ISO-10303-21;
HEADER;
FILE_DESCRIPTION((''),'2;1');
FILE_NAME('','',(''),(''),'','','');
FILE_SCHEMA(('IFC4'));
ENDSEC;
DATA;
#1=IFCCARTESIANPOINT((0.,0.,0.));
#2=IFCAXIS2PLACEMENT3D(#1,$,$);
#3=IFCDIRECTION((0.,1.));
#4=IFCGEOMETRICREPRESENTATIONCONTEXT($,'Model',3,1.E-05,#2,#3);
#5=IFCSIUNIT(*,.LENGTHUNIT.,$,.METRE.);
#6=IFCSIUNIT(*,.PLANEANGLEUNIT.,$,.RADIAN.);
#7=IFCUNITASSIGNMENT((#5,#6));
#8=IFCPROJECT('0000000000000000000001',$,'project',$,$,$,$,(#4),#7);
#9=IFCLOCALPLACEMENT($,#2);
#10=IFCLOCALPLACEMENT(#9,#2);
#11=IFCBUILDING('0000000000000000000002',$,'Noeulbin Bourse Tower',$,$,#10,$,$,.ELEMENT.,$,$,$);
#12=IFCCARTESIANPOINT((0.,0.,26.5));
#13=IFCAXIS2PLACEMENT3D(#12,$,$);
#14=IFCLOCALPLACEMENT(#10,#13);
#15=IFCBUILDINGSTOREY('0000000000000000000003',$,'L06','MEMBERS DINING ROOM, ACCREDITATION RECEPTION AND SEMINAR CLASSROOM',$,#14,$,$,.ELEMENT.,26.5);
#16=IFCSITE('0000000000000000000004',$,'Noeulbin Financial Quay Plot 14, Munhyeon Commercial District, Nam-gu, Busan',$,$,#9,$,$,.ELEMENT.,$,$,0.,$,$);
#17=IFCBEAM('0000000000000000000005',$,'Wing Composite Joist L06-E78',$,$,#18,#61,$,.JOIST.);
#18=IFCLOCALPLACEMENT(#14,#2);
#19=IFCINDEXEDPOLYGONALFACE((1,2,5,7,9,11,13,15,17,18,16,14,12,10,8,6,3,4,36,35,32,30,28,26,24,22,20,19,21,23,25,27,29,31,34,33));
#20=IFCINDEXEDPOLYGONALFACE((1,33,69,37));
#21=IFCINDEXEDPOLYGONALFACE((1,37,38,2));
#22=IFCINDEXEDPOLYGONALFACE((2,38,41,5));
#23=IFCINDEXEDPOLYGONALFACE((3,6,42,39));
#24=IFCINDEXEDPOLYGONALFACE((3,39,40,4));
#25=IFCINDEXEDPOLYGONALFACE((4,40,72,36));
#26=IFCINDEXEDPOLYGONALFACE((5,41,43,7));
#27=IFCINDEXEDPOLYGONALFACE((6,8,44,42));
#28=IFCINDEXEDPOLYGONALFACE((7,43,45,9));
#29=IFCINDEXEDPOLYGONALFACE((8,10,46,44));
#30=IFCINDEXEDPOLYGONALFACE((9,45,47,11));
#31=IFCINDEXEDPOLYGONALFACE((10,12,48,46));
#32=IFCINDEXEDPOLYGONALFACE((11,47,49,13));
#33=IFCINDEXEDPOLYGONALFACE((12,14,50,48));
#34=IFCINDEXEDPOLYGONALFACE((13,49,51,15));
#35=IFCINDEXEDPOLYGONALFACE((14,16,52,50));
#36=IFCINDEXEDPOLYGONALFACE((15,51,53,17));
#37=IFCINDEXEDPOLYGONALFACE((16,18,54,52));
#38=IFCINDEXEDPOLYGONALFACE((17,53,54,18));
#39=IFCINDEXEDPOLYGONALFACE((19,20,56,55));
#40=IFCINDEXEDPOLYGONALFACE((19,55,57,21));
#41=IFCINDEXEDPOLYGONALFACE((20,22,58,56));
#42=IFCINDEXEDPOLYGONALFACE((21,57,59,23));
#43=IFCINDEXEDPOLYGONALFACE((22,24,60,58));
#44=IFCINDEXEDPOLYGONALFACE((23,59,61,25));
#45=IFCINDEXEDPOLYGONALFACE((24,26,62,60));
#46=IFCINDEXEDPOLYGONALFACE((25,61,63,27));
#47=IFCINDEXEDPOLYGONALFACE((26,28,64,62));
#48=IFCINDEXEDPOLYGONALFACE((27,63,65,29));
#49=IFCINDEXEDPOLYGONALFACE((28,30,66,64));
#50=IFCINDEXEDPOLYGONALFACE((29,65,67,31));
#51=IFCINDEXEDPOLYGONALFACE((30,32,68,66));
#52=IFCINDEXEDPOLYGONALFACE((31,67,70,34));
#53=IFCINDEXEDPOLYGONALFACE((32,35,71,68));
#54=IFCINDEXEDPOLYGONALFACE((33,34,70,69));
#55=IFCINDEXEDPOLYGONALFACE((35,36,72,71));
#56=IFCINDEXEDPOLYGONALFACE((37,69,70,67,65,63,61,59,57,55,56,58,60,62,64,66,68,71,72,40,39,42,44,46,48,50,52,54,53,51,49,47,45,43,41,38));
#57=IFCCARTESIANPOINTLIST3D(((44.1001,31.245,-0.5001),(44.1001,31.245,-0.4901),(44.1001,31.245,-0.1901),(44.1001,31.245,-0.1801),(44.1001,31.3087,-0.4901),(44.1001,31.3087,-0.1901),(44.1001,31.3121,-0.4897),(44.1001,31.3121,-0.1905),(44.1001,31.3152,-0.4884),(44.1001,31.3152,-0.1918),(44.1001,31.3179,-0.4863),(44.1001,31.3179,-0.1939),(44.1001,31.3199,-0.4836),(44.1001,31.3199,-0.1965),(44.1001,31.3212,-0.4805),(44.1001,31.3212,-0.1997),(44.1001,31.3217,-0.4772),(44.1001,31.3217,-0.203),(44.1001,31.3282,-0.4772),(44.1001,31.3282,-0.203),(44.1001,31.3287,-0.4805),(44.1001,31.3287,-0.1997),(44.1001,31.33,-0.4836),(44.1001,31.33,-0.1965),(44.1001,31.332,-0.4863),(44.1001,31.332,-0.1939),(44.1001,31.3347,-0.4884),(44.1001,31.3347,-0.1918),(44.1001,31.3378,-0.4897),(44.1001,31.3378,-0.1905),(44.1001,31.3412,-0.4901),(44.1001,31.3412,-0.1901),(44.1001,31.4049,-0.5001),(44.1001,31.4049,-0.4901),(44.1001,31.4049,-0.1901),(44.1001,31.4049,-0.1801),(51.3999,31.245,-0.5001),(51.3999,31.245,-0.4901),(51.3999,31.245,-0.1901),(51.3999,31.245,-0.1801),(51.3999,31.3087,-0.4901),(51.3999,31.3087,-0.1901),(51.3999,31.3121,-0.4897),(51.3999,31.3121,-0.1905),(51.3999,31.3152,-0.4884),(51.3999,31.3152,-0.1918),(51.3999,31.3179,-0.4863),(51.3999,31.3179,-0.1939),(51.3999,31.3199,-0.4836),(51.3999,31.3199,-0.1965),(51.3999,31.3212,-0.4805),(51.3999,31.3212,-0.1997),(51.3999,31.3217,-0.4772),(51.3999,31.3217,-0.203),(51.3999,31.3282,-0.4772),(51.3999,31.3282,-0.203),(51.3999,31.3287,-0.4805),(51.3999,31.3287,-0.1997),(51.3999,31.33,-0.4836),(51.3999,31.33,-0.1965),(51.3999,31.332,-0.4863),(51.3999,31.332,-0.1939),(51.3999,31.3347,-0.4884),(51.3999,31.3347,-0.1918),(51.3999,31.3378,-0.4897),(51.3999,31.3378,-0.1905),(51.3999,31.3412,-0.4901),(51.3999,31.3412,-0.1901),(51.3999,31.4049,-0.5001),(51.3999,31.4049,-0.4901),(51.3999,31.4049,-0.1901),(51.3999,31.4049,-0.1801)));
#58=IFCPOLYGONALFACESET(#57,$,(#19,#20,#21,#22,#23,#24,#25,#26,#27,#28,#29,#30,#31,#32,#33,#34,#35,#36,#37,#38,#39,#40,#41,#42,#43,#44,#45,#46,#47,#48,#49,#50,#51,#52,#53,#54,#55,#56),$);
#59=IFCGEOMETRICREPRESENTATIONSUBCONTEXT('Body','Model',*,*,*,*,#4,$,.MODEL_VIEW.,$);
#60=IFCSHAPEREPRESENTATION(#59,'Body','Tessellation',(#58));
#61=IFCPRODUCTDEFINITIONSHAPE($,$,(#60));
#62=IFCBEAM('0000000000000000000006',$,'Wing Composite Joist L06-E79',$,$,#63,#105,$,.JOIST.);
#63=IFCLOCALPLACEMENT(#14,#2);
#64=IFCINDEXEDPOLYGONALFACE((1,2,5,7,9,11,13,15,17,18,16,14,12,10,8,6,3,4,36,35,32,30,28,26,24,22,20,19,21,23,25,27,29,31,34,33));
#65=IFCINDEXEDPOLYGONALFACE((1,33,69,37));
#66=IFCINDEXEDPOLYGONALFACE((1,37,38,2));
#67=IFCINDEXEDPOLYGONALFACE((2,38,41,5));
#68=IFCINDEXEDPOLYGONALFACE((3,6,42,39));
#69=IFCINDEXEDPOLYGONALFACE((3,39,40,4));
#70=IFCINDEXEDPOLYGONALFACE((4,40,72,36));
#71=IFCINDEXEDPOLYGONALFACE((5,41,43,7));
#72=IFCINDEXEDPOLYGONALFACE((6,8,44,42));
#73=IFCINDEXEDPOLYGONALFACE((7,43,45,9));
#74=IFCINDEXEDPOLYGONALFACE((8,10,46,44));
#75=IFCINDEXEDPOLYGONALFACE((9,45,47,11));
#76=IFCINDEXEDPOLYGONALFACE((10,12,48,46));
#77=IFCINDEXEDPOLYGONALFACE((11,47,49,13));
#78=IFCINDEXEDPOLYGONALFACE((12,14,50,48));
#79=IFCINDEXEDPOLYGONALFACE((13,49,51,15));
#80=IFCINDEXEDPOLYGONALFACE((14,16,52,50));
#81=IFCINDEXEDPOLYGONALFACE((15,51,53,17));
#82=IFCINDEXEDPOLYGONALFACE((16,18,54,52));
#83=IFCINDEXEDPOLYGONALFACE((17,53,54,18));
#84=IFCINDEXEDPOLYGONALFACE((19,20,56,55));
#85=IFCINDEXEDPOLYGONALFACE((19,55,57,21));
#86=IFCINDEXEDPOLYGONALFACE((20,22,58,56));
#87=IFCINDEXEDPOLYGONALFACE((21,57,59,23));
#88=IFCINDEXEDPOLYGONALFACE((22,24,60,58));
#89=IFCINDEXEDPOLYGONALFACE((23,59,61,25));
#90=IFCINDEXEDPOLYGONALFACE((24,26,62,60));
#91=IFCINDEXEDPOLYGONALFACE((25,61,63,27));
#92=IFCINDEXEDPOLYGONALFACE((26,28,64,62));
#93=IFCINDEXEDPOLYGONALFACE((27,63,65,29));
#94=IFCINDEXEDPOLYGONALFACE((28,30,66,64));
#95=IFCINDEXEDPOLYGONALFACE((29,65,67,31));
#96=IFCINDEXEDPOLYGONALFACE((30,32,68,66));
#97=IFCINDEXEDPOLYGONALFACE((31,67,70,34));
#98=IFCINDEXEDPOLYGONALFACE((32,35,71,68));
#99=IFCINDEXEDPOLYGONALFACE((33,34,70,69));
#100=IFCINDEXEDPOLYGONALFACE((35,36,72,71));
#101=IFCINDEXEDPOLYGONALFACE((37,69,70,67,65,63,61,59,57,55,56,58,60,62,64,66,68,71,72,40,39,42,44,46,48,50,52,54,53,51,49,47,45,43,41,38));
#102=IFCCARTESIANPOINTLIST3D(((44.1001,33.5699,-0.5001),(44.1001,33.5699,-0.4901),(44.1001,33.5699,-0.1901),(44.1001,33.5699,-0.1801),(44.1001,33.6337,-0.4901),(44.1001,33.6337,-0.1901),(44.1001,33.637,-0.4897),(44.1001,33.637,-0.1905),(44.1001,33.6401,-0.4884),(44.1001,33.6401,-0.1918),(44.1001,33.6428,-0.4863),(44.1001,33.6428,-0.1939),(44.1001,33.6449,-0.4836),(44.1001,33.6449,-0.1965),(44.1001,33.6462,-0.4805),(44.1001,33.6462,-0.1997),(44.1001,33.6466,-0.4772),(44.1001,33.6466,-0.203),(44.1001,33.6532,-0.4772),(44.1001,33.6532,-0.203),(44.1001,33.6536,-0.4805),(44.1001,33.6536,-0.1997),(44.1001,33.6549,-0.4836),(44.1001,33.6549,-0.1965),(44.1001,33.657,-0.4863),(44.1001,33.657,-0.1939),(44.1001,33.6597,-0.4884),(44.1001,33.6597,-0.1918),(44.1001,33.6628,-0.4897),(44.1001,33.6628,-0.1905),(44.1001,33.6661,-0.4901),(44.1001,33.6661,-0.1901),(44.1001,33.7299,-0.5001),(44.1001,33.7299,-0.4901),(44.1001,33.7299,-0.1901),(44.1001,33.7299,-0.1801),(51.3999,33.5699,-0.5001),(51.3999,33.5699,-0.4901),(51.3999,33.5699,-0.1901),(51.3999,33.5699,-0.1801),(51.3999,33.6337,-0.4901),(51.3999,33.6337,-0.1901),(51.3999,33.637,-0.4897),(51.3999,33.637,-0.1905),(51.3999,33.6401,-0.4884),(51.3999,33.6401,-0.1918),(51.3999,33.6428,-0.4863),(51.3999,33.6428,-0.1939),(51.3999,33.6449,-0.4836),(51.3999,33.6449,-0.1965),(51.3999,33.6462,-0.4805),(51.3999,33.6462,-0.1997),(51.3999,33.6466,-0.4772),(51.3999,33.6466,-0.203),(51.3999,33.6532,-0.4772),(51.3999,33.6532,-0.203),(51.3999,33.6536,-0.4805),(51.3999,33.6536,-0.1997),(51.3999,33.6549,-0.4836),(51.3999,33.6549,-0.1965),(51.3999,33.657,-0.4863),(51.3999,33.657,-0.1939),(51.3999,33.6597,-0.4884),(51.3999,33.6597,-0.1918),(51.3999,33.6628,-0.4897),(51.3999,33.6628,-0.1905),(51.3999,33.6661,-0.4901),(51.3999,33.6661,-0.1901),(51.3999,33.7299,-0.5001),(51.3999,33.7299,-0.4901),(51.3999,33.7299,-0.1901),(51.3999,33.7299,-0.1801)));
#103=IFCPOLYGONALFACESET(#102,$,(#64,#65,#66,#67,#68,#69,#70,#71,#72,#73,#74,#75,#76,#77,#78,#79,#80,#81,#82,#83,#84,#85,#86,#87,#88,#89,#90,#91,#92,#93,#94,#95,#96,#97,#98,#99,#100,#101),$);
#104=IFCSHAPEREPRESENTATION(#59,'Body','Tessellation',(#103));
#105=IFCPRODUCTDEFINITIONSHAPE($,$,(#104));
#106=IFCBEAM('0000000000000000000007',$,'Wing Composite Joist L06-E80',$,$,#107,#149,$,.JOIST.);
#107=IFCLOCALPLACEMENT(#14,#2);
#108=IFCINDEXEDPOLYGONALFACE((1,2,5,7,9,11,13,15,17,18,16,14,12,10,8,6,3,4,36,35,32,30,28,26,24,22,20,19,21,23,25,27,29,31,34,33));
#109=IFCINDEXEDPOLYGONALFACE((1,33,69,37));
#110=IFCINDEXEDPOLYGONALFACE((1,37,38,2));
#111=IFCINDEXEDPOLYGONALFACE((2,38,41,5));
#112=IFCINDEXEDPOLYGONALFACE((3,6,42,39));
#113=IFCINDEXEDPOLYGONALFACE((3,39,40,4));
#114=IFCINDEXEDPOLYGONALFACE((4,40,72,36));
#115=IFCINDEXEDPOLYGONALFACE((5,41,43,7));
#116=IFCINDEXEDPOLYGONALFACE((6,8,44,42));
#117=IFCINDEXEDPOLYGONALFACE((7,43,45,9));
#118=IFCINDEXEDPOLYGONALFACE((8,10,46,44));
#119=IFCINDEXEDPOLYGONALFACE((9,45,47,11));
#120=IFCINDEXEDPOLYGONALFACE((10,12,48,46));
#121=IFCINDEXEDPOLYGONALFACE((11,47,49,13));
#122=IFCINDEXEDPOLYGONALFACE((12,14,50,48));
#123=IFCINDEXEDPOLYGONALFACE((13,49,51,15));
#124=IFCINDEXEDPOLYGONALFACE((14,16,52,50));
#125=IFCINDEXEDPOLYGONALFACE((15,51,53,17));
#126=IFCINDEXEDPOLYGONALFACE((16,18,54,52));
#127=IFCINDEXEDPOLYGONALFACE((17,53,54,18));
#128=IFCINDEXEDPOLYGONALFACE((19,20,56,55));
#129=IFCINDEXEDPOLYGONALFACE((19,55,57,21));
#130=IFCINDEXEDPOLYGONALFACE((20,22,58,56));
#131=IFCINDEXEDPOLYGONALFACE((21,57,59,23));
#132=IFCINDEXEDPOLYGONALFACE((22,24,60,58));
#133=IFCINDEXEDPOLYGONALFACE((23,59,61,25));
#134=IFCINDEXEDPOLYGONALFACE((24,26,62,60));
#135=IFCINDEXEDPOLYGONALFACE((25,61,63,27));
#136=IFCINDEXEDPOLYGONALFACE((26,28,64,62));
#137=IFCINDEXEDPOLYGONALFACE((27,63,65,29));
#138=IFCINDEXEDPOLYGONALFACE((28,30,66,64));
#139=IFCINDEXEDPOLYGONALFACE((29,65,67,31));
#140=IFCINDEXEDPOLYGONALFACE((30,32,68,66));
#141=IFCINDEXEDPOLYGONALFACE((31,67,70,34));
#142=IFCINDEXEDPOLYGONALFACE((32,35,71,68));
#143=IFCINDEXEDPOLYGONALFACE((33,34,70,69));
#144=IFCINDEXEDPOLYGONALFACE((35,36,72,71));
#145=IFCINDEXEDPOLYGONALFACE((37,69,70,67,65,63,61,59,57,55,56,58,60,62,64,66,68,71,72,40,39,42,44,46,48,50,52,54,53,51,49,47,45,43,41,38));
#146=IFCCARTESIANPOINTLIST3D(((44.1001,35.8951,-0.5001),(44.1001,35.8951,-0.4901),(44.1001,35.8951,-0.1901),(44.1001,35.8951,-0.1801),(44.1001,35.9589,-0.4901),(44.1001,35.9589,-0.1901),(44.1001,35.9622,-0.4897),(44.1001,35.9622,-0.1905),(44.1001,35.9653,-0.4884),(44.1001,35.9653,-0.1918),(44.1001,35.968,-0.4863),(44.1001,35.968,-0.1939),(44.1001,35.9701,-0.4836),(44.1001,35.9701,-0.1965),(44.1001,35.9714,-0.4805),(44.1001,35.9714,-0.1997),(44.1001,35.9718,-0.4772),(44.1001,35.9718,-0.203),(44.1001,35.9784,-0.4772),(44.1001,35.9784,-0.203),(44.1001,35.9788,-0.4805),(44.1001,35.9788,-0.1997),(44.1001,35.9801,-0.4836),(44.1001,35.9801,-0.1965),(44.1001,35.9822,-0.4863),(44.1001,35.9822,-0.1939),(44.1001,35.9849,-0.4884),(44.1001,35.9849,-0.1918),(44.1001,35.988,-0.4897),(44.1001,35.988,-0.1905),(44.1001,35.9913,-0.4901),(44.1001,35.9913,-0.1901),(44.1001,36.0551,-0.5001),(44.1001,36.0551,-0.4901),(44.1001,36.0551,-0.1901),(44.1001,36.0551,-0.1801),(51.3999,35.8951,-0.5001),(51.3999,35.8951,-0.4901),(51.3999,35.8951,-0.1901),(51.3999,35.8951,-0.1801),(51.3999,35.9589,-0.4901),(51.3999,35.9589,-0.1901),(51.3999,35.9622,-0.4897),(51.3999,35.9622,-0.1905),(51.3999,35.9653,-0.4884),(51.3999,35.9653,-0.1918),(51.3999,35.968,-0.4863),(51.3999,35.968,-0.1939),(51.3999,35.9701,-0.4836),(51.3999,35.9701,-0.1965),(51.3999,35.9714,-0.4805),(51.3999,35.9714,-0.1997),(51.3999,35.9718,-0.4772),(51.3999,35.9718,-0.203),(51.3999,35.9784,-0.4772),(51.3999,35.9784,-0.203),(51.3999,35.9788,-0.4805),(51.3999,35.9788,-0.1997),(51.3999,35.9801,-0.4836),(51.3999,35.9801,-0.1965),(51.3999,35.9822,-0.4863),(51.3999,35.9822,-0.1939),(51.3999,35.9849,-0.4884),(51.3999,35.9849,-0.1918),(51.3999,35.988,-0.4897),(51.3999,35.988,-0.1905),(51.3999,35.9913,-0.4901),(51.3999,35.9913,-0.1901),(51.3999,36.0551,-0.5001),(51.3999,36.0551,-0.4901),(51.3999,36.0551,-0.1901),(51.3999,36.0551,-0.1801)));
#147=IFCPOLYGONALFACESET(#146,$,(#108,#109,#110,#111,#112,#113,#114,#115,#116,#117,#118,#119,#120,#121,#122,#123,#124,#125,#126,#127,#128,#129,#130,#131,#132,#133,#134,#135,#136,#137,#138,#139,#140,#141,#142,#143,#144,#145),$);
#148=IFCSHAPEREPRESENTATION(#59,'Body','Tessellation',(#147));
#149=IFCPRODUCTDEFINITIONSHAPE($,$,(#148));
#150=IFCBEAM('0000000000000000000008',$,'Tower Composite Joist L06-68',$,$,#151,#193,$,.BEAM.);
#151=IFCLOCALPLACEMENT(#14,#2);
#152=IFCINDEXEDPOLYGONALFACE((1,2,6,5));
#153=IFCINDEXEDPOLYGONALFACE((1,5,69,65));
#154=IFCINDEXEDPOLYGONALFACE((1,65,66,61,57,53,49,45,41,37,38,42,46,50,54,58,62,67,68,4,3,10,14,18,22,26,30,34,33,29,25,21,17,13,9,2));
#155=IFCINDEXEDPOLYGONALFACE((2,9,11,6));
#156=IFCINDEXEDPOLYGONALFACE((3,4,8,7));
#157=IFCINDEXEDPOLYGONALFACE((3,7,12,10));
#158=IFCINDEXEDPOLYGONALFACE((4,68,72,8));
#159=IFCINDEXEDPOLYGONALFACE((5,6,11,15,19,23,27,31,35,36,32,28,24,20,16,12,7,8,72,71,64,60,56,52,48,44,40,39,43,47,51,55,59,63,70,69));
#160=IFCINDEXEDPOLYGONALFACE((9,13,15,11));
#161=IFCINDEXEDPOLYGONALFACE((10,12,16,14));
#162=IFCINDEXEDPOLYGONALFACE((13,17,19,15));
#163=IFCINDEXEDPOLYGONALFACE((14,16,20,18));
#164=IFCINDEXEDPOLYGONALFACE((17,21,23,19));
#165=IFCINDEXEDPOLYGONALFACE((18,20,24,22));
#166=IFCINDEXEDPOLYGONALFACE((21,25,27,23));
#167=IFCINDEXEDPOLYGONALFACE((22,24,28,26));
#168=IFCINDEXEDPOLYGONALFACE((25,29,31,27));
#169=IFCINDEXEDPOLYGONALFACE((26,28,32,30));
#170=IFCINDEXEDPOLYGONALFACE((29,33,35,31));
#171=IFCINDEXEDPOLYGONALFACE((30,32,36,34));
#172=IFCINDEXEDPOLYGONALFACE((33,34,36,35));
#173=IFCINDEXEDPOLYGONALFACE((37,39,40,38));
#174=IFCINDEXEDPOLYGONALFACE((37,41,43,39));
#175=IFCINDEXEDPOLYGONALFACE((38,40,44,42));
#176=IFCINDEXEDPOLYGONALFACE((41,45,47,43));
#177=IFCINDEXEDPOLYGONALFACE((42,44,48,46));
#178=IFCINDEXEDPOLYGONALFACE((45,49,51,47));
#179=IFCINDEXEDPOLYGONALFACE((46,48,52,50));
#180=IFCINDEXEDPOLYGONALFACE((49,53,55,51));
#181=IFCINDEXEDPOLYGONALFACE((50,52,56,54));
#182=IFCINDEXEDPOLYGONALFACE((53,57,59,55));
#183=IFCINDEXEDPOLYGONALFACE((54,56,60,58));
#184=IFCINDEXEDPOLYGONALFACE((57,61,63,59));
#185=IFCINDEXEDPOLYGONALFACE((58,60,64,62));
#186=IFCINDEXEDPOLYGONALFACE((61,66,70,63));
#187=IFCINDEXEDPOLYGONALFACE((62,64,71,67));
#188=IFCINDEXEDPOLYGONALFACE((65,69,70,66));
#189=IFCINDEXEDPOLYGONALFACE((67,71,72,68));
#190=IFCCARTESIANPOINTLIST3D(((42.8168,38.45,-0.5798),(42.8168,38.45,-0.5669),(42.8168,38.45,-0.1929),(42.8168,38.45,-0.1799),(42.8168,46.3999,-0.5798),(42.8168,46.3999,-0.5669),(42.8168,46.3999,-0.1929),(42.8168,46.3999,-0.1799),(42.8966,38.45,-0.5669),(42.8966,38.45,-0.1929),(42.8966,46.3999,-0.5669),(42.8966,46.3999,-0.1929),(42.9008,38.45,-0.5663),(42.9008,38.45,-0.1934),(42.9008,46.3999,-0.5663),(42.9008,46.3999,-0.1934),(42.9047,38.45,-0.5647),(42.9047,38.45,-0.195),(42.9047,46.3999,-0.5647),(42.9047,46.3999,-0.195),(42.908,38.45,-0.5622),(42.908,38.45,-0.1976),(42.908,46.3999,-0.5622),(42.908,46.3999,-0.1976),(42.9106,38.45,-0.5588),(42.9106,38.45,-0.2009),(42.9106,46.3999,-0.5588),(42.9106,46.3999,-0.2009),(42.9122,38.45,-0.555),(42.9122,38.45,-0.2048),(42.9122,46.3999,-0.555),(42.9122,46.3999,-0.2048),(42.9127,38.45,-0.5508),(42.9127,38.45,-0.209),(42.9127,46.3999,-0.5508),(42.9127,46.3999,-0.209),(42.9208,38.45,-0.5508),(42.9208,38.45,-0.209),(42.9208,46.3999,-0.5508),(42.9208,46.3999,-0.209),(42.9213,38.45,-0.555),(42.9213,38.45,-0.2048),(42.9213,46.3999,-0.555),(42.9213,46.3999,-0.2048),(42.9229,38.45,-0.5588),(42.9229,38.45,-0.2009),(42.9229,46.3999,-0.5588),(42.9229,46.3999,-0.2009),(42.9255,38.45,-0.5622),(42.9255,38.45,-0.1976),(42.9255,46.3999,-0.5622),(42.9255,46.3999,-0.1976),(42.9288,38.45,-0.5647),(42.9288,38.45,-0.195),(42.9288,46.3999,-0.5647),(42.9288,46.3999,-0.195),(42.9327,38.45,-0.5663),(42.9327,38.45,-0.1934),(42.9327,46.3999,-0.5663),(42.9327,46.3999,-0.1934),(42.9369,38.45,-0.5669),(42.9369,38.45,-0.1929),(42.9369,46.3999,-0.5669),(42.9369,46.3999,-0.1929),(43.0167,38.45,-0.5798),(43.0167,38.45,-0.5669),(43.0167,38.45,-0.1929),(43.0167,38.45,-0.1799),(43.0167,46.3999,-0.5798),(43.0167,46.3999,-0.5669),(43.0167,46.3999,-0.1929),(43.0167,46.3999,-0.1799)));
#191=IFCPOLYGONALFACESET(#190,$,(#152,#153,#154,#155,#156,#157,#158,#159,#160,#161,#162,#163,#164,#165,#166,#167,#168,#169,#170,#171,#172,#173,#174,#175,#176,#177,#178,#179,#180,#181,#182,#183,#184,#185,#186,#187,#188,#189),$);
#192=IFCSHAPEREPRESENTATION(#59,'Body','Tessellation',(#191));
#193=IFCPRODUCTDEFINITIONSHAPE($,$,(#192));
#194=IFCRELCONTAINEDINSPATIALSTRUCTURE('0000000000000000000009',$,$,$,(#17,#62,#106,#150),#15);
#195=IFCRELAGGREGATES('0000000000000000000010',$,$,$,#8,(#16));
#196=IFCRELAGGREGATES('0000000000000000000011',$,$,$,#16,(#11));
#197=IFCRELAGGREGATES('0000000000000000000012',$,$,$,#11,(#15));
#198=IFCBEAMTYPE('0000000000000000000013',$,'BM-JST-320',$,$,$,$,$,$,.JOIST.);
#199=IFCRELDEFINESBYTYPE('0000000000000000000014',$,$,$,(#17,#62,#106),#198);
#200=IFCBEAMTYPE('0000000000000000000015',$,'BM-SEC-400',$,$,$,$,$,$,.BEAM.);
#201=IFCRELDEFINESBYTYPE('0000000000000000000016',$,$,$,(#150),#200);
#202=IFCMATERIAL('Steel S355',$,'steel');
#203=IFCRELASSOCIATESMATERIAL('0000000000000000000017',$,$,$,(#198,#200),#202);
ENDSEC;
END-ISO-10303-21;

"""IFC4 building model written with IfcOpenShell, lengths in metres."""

from ifc_helpers import new_model, si_unit, direction, frame, origin, origin_2d, place, context, subcontext, project, spatial, i_section, extrude, material, material_profile, profile_set, type_object, element, save


model = new_model("IFC4")

# Units and contexts
model_context = context("Model", 3, precision=1e-05, world=origin(), true_north=direction((0.0, 1.0)))
body_context = subcontext(model_context, "Body", "Model", "MODEL_VIEW")
ifc_project = project(units=[si_unit("LENGTHUNIT", "METRE"), si_unit("PLANEANGLEUNIT", "RADIAN")], contexts=[model_context])

# Site, building, storey
site_placement = place(None, origin())
site = spatial("IfcSite", under=ifc_project, at=site_placement, Name="Noeulbin Financial Quay Plot 14, Munhyeon Commercial District, Nam-gu, Busan", CompositionType="ELEMENT", RefElevation=0.0)
building_placement = place(site_placement, origin())
building = spatial("IfcBuilding", under=site, at=building_placement, Name="Noeulbin Bourse Tower", CompositionType="ELEMENT")
storey_placement = place(building_placement, frame((0.0, 0.0, 26.5)))
storey = spatial("IfcBuildingStorey", under=building, at=storey_placement, Name="L06", Description="MEMBERS DINING ROOM, ACCREDITATION RECEPTION AND SEMINAR CLASSROOM", CompositionType="ELEMENT", Elevation=26.5)

# Beams
ifc_material_1 = material(Name="Steel S355", Category="steel")
ifc_material_profile_1 = material_profile(ifc_material_1, i_section(OverallWidth=0.1599, OverallDepth=0.3201, WebThickness=0.0066, FlangeThickness=0.01, FilletRadius=0.0129, at=origin_2d()), Name="H-320x160x6.5x10", Category="LoadBearing")
ifc_profile_set_1 = profile_set([ifc_material_profile_1], Name="Steel S355")
beam_type_1 = type_object("IfcBeamType", Name="BM-JST-320", PredefinedType="JOIST", material=ifc_profile_set_1)
for number, where, z_axis, x_axis, name in (
    (1, (44.1001, 31.325, -0.3401), (1.0, 0.0, 0.0), (0.0, 1.0, 0.0), "Wing Composite Joist L06-E78"),
    (2, (44.1001, 33.6499, -0.3401), (1.0, 0.0, 0.0), (0.0, 1.0, 0.0), "Wing Composite Joist L06-E79"),
    (3, (44.1001, 35.9751, -0.3401), (1.0, 0.0, 0.0), (0.0, 1.0, 0.0), "Wing Composite Joist L06-E80"),
):
    element("IfcBeam", number, at=place(storey_placement, frame(where, z_axis=z_axis, x_axis=x_axis)), inside=storey, type_object=beam_type_1, Name=name, PredefinedType="JOIST", context=body_context, shape_type="SweptSolid", body=[
        extrude(i_section(OverallWidth=0.1599, OverallDepth=0.3201, WebThickness=0.0066, FlangeThickness=0.01, FilletRadius=0.0129, at=origin_2d()), origin(), (0.0, 0.0, 1.0), 7.2998),
    ])
ifc_material_profile_2 = material_profile(ifc_material_1, i_section(OverallWidth=0.2, OverallDepth=0.3999, WebThickness=0.0081, FlangeThickness=0.0129, FilletRadius=0.0161, at=origin_2d()), Name="H-400x200x8x13", Category="LoadBearing")
ifc_profile_set_2 = profile_set([ifc_material_profile_2], Name="Steel S355")
beam_type_2 = type_object("IfcBeamType", Name="BM-SEC-400", PredefinedType="BEAM", material=ifc_profile_set_2)
beam_1_placement = place(storey_placement, frame((42.9167, 38.45, -0.3799), z_axis=(0.0, 1.0, 0.0), x_axis=(-1.0, 0.0, 0.0)))
element("IfcBeam", 4, at=beam_1_placement, inside=storey, type_object=beam_type_2, Name="Tower Composite Joist L06-68", PredefinedType="BEAM", context=body_context, shape_type="SweptSolid", body=[
    extrude(i_section(OverallWidth=0.2, OverallDepth=0.3999, WebThickness=0.0081, FlangeThickness=0.0129, FilletRadius=0.0161, at=origin_2d()), origin(), (0.0, 0.0, 1.0), 7.95),
])

save(model, "model.ifc")
